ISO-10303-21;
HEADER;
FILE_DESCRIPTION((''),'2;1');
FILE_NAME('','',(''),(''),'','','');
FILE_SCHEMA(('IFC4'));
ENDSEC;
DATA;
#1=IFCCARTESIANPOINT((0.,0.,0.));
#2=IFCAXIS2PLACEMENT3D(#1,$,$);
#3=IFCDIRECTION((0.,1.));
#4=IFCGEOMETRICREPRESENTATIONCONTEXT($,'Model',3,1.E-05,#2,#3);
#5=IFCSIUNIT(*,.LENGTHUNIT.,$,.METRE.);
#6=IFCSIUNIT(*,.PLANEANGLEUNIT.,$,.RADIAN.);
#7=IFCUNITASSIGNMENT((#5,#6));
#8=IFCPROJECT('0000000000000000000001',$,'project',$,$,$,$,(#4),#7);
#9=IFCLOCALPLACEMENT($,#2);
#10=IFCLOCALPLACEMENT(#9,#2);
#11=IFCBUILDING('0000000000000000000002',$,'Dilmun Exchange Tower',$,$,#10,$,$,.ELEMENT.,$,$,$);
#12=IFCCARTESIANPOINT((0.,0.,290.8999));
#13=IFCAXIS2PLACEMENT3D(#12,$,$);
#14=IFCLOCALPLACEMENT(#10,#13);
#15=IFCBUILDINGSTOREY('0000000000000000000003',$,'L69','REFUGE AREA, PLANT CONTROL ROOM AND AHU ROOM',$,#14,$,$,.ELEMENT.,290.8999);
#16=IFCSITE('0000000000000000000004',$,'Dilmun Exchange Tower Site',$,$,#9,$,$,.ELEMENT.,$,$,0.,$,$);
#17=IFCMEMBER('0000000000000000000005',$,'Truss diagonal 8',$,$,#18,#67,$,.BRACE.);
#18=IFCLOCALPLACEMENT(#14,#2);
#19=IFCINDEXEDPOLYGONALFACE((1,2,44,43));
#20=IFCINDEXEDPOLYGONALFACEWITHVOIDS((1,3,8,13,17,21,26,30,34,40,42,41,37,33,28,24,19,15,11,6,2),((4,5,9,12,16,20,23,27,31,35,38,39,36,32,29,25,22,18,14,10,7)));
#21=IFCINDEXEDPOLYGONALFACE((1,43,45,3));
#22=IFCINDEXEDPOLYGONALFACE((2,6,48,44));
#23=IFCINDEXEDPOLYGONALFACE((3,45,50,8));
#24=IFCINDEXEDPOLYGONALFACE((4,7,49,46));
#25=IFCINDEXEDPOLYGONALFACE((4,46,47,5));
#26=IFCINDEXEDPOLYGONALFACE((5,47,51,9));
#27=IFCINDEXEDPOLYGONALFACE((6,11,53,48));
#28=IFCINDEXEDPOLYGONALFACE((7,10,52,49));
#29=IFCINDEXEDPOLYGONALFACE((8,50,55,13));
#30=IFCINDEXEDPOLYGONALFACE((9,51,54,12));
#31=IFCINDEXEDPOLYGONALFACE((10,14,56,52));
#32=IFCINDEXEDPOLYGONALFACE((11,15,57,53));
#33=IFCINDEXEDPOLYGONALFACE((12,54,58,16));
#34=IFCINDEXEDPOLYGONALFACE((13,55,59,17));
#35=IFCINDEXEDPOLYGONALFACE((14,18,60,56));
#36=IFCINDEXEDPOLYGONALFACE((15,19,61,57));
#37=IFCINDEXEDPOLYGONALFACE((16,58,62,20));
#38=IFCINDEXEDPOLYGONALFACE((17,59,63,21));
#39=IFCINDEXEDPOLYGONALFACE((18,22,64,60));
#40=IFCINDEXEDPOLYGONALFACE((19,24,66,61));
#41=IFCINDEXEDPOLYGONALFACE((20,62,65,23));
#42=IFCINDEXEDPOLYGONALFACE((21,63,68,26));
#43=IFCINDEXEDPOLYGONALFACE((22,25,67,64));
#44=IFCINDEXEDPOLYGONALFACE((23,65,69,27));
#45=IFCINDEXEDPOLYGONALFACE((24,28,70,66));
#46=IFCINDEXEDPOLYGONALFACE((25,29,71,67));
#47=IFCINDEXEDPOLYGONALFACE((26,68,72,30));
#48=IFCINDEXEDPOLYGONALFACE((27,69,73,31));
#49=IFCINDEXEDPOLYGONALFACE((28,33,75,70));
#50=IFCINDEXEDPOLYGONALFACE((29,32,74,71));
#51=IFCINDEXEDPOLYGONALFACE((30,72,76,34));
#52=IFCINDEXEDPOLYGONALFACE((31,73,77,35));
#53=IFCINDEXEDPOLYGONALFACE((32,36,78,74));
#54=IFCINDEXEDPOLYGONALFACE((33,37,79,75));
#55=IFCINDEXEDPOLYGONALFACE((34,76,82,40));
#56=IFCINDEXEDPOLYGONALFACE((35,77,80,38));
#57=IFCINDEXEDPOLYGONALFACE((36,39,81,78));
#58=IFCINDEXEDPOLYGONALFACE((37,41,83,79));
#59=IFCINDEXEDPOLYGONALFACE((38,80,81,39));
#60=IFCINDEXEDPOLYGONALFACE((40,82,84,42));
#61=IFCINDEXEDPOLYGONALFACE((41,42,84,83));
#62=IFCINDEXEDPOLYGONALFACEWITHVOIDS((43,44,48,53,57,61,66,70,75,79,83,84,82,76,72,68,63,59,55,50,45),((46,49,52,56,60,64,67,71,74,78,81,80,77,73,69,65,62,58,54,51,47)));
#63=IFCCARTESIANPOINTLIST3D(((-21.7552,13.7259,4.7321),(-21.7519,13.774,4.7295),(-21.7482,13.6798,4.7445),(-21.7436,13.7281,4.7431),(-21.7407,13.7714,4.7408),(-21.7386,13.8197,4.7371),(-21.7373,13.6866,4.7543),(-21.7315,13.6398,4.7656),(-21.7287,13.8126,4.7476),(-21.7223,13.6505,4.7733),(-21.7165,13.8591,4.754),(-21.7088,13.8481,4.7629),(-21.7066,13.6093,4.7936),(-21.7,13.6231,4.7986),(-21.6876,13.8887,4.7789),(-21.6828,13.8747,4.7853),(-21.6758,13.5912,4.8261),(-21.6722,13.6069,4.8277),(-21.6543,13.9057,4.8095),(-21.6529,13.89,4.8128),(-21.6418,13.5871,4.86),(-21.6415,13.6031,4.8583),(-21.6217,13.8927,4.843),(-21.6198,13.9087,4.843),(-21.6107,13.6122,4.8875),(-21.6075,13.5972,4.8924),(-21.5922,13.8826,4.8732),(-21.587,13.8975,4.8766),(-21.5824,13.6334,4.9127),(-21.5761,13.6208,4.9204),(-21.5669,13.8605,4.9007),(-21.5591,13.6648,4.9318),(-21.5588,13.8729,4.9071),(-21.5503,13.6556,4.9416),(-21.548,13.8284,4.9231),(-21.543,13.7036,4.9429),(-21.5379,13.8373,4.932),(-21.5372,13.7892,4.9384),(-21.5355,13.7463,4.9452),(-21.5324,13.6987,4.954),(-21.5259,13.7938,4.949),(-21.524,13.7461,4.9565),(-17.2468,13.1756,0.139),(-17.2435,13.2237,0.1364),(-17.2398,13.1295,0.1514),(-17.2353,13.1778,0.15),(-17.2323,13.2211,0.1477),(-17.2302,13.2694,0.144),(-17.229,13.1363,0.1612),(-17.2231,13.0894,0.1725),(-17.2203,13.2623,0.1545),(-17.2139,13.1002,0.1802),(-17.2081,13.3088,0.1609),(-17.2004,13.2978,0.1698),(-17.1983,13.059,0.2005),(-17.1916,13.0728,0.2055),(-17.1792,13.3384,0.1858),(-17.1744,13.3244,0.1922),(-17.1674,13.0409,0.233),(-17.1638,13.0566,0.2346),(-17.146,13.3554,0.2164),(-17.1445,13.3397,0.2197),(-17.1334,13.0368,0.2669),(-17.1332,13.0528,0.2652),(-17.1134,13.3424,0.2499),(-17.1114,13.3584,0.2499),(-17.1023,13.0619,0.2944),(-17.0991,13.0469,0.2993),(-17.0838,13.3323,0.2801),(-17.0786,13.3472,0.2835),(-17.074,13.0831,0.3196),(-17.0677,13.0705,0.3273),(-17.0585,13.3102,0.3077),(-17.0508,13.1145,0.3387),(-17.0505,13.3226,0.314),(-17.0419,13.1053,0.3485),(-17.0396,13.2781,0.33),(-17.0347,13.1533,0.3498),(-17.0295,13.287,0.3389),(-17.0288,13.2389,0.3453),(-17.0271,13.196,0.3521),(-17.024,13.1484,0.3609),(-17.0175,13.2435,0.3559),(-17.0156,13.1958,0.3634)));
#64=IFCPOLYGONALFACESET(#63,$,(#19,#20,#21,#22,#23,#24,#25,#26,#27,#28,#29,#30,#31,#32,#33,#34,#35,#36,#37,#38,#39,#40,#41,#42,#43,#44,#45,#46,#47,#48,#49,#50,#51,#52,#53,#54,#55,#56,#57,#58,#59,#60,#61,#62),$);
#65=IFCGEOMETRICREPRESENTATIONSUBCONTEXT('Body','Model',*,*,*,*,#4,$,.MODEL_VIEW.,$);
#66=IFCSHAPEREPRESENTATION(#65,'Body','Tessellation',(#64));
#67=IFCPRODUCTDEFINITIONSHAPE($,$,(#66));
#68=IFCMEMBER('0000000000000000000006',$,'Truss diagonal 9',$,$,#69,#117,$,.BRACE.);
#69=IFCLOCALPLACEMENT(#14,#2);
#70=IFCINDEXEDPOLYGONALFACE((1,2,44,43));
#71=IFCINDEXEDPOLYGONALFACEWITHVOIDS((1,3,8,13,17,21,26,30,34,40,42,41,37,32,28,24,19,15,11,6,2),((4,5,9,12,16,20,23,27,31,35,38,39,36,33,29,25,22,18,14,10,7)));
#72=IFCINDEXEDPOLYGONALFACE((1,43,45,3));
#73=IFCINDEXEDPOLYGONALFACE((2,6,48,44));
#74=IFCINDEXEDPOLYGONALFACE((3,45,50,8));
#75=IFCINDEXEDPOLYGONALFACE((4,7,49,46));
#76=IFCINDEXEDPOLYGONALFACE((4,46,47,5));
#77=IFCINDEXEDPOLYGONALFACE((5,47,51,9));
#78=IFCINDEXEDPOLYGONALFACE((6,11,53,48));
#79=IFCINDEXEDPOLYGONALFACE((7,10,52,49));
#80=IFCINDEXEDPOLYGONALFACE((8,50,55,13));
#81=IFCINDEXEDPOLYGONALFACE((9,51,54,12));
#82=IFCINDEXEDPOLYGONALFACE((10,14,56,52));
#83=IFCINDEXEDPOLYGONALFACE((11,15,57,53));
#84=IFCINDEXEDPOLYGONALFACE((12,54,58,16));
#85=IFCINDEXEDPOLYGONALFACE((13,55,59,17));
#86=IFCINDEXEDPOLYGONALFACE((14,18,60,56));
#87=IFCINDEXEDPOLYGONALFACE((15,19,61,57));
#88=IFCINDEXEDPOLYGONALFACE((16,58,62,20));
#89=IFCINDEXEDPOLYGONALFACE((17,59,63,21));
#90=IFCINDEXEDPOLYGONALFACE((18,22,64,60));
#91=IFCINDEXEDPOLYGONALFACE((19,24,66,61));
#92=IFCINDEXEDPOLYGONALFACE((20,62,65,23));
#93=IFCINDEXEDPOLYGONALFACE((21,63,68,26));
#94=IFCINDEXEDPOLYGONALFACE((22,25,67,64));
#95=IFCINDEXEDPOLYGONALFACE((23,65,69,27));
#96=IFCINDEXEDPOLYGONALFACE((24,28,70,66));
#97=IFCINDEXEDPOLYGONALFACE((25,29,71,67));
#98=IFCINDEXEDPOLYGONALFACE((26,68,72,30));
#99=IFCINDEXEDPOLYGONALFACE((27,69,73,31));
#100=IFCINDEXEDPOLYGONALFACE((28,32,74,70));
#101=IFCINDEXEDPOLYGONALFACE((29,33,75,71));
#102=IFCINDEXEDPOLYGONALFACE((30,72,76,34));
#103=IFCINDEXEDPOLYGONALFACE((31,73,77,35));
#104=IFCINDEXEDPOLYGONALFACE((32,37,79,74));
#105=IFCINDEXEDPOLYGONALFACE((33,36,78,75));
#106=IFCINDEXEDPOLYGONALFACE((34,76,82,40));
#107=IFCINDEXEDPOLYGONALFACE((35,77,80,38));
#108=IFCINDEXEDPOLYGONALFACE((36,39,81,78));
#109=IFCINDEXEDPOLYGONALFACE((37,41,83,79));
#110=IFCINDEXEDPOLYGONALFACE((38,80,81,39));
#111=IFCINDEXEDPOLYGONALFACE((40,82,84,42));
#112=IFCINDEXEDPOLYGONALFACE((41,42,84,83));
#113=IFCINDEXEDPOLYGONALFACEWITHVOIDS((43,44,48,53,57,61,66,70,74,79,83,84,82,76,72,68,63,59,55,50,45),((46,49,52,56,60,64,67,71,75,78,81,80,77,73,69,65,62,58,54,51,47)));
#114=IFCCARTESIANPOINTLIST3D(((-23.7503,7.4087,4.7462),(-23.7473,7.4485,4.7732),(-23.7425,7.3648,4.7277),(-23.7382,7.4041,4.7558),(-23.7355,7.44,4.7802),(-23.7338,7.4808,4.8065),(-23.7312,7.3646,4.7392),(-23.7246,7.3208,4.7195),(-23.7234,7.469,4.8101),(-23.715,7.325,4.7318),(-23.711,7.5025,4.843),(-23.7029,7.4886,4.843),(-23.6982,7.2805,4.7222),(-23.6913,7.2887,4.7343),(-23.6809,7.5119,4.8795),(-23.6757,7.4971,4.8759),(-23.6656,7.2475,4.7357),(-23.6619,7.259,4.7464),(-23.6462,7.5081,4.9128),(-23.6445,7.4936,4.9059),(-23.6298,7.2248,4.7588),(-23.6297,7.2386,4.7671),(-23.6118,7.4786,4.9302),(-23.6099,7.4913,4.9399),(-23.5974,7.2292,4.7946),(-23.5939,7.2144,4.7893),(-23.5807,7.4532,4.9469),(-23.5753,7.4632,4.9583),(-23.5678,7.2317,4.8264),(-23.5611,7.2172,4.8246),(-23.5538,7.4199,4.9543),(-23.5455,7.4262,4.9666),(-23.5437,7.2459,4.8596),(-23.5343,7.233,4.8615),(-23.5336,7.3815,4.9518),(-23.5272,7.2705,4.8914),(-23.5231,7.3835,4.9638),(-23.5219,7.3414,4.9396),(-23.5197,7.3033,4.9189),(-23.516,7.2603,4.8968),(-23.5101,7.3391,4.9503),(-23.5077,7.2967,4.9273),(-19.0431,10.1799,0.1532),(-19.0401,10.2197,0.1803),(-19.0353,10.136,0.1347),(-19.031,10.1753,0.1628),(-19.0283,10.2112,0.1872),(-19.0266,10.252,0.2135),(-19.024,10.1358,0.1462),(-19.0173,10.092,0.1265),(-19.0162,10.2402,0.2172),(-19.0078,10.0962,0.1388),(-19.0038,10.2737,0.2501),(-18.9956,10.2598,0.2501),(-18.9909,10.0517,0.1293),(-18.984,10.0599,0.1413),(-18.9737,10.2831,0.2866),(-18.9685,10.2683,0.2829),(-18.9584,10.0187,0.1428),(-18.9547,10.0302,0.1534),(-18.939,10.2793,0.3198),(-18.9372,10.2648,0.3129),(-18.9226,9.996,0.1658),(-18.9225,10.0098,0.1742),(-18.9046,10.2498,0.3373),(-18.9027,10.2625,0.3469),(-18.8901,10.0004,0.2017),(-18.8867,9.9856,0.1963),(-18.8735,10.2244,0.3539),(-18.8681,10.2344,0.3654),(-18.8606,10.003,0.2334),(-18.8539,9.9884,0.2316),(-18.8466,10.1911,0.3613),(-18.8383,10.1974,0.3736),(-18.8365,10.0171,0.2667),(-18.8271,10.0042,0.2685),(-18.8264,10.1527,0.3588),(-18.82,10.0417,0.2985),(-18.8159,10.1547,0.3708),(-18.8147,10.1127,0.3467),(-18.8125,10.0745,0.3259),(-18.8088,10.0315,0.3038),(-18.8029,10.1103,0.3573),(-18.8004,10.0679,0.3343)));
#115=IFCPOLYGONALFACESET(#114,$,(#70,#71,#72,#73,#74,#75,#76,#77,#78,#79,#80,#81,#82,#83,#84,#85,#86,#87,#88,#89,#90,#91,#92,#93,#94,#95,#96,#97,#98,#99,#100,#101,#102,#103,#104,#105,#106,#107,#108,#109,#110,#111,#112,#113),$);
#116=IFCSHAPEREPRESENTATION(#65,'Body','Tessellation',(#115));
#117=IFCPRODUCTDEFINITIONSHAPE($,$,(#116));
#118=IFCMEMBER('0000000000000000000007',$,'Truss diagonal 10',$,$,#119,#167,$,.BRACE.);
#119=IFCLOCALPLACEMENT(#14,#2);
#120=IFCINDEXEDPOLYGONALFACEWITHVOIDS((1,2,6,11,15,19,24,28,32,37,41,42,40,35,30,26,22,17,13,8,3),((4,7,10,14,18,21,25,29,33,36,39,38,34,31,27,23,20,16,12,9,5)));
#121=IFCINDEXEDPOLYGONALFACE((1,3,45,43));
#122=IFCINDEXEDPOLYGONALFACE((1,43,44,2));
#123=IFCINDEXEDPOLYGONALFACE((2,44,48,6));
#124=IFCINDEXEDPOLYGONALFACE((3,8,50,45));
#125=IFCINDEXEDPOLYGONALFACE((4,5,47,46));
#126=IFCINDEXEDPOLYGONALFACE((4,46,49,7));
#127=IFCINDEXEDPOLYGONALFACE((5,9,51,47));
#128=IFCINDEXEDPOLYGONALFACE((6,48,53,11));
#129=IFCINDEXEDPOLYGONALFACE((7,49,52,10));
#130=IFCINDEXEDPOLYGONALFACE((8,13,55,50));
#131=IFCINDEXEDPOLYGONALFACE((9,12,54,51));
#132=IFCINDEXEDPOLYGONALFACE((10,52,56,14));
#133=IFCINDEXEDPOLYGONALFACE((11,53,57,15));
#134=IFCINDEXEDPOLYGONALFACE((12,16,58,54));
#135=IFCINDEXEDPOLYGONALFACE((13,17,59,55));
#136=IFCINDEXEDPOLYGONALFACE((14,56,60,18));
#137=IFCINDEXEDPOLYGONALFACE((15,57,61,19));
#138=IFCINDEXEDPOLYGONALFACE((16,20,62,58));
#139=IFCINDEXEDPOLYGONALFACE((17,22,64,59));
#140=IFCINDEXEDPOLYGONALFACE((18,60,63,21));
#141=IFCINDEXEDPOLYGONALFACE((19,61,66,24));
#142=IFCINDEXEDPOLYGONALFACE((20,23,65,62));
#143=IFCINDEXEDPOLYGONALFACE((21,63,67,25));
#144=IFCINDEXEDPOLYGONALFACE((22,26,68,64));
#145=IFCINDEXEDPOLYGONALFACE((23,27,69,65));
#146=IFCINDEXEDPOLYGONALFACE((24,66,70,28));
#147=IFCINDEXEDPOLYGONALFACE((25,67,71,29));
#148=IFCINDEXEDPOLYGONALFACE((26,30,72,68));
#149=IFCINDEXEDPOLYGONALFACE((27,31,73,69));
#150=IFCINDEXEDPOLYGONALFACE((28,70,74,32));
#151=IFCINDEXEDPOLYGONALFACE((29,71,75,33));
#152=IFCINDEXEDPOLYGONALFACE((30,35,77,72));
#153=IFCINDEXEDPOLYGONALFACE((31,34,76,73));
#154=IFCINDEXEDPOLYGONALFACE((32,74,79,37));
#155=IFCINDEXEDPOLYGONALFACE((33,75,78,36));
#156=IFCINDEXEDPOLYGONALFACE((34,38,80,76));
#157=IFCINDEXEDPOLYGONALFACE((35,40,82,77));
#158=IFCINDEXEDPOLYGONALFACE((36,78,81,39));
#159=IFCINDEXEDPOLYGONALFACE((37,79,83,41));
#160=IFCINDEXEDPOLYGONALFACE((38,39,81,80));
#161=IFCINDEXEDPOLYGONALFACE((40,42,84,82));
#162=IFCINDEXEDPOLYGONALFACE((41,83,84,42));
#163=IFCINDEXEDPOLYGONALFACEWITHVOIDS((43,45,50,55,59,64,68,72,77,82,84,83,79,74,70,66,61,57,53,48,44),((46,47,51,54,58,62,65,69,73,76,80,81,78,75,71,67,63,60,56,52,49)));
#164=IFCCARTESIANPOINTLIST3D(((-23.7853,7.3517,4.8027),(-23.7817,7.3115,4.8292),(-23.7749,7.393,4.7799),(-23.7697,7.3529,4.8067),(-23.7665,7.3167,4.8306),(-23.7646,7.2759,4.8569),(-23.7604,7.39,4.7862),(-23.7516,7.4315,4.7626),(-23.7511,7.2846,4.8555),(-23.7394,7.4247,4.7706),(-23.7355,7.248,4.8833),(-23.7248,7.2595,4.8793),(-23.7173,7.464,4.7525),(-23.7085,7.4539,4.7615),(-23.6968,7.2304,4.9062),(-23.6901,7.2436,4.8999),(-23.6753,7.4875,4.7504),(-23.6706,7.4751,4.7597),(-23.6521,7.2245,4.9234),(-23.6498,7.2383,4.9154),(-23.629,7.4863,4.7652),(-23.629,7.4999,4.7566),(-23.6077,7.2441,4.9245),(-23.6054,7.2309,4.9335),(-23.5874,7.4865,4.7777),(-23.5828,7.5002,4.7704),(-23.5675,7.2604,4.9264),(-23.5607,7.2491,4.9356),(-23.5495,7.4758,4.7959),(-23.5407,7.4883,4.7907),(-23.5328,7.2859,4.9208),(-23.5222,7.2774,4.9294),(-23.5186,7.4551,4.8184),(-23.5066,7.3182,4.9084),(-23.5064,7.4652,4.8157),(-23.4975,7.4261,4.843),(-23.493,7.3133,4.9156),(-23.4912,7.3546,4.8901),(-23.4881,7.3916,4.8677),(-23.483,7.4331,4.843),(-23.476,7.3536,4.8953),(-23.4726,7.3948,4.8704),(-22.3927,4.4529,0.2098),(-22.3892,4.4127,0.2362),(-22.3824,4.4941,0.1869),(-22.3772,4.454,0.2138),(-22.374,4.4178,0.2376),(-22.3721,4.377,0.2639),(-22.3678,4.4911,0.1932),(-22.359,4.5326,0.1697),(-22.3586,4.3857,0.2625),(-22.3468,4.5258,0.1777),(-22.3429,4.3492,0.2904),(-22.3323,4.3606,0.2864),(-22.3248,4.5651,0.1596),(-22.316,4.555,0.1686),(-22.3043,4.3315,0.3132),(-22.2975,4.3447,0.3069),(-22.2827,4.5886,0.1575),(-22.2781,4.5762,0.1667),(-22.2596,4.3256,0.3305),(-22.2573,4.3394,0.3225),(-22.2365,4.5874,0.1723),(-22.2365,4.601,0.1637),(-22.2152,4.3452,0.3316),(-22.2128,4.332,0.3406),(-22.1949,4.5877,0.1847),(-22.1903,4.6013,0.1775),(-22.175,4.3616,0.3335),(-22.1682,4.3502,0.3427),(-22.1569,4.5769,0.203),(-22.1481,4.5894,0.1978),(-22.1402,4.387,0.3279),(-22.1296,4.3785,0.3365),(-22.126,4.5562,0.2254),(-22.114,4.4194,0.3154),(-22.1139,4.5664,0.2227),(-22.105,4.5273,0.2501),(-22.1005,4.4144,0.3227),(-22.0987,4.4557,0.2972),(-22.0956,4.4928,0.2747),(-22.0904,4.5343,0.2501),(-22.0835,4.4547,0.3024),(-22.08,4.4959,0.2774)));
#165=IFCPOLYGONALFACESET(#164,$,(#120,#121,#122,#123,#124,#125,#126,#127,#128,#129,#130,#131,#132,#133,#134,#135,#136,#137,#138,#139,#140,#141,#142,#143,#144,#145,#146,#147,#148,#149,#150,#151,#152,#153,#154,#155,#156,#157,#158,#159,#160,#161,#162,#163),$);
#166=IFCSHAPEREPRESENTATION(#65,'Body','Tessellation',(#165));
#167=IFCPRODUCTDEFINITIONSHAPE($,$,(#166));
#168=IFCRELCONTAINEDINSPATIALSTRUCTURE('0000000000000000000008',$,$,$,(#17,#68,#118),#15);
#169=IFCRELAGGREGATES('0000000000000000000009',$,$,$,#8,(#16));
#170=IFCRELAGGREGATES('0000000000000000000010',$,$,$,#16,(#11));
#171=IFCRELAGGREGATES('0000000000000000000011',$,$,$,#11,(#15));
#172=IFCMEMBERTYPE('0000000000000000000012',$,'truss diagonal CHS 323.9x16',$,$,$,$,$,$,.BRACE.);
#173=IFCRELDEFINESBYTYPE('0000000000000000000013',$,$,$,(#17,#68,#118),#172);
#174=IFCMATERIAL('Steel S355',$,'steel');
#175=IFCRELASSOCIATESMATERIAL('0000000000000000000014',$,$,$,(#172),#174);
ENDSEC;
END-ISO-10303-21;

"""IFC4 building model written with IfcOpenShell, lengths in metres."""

from ifc_helpers import new_model, si_unit, direction, frame, origin, origin_2d, place, context, subcontext, project, spatial, hollow_circle, extrude, material, material_profile, profile_set, type_object, element, save


model = new_model("IFC4")

# Units and contexts
model_context = context("Model", 3, precision=1e-05, world=origin(), true_north=direction((0.0, 1.0)))
body_context = subcontext(model_context, "Body", "Model", "MODEL_VIEW")
ifc_project = project(units=[si_unit("LENGTHUNIT", "METRE"), si_unit("PLANEANGLEUNIT", "RADIAN")], contexts=[model_context])

# Site, building, storey
site_placement = place(None, origin())
site = spatial("IfcSite", under=ifc_project, at=site_placement, Name="Dilmun Exchange Tower Site", CompositionType="ELEMENT", RefElevation=0.0)
building_placement = place(site_placement, origin())
building = spatial("IfcBuilding", under=site, at=building_placement, Name="Dilmun Exchange Tower", CompositionType="ELEMENT")
storey_placement = place(building_placement, frame((0.0, 0.0, 290.8999)))
storey = spatial("IfcBuildingStorey", under=building, at=storey_placement, Name="L69", Description="REFUGE AREA, PLANT CONTROL ROOM AND AHU ROOM", CompositionType="ELEMENT", Elevation=290.8999)

# Shared definitions
ifc_material_1 = material(Name="Steel S355", Category="steel")

# Members
ifc_material_profile_1 = material_profile(ifc_material_1, hollow_circle(Radius=0.1619, WallThickness=0.0161, at=origin_2d()), Name="CHS 323.9x16")
ifc_profile_set_1 = profile_set([ifc_material_profile_1], Name="Steel S355")
member_type = type_object("IfcMemberType", Name="truss diagonal CHS 323.9x16", PredefinedType="BRACE", material=ifc_profile_set_1)
member_1_placement = place(storey_placement, frame((-21.6394, 13.748, 4.843), z_axis=(0.697948, -0.085193, -0.711063), x_axis=(0.121163, 0.992633, 0.0)))
element("IfcMember", 1, at=member_1_placement, inside=storey, type_object=member_type, Name="Truss diagonal 8", PredefinedType="BRACE", context=body_context, shape_type="SweptSolid", body=[
    extrude(hollow_circle(Radius=0.1619, WallThickness=0.0161, at=origin_2d()), origin(), (0.0, 0.0, 1.0), 6.4595),
])
member_2_placement = place(storey_placement, frame((-23.6289, 7.363, 4.843), z_axis=(0.659577, 0.388302, -0.643568), x_axis=(-0.507327, 0.861754, 0.0)))
element("IfcMember", 2, at=member_2_placement, inside=storey, type_object=member_type, Name="Truss diagonal 9", PredefinedType="BRACE", context=body_context, shape_type="SweptSolid", body=[
    extrude(hollow_circle(Radius=0.1619, WallThickness=0.0161, at=origin_2d()), origin(), (0.0, 0.0, 1.0), 7.1367),
])
member_3_placement = place(storey_placement, frame((-23.6289, 7.363, 4.843), z_axis=(0.248363, -0.517016, -0.819152), x_axis=(0.90139, 0.433007, 0.0)))
element("IfcMember", 3, at=member_3_placement, inside=storey, type_object=member_type, Name="Truss diagonal 10", PredefinedType="BRACE", context=body_context, shape_type="SweptSolid", body=[
    extrude(hollow_circle(Radius=0.1619, WallThickness=0.0161, at=origin_2d()), origin(), (0.0, 0.0, 1.0), 5.6069),
])

save(model, "model.ifc")
